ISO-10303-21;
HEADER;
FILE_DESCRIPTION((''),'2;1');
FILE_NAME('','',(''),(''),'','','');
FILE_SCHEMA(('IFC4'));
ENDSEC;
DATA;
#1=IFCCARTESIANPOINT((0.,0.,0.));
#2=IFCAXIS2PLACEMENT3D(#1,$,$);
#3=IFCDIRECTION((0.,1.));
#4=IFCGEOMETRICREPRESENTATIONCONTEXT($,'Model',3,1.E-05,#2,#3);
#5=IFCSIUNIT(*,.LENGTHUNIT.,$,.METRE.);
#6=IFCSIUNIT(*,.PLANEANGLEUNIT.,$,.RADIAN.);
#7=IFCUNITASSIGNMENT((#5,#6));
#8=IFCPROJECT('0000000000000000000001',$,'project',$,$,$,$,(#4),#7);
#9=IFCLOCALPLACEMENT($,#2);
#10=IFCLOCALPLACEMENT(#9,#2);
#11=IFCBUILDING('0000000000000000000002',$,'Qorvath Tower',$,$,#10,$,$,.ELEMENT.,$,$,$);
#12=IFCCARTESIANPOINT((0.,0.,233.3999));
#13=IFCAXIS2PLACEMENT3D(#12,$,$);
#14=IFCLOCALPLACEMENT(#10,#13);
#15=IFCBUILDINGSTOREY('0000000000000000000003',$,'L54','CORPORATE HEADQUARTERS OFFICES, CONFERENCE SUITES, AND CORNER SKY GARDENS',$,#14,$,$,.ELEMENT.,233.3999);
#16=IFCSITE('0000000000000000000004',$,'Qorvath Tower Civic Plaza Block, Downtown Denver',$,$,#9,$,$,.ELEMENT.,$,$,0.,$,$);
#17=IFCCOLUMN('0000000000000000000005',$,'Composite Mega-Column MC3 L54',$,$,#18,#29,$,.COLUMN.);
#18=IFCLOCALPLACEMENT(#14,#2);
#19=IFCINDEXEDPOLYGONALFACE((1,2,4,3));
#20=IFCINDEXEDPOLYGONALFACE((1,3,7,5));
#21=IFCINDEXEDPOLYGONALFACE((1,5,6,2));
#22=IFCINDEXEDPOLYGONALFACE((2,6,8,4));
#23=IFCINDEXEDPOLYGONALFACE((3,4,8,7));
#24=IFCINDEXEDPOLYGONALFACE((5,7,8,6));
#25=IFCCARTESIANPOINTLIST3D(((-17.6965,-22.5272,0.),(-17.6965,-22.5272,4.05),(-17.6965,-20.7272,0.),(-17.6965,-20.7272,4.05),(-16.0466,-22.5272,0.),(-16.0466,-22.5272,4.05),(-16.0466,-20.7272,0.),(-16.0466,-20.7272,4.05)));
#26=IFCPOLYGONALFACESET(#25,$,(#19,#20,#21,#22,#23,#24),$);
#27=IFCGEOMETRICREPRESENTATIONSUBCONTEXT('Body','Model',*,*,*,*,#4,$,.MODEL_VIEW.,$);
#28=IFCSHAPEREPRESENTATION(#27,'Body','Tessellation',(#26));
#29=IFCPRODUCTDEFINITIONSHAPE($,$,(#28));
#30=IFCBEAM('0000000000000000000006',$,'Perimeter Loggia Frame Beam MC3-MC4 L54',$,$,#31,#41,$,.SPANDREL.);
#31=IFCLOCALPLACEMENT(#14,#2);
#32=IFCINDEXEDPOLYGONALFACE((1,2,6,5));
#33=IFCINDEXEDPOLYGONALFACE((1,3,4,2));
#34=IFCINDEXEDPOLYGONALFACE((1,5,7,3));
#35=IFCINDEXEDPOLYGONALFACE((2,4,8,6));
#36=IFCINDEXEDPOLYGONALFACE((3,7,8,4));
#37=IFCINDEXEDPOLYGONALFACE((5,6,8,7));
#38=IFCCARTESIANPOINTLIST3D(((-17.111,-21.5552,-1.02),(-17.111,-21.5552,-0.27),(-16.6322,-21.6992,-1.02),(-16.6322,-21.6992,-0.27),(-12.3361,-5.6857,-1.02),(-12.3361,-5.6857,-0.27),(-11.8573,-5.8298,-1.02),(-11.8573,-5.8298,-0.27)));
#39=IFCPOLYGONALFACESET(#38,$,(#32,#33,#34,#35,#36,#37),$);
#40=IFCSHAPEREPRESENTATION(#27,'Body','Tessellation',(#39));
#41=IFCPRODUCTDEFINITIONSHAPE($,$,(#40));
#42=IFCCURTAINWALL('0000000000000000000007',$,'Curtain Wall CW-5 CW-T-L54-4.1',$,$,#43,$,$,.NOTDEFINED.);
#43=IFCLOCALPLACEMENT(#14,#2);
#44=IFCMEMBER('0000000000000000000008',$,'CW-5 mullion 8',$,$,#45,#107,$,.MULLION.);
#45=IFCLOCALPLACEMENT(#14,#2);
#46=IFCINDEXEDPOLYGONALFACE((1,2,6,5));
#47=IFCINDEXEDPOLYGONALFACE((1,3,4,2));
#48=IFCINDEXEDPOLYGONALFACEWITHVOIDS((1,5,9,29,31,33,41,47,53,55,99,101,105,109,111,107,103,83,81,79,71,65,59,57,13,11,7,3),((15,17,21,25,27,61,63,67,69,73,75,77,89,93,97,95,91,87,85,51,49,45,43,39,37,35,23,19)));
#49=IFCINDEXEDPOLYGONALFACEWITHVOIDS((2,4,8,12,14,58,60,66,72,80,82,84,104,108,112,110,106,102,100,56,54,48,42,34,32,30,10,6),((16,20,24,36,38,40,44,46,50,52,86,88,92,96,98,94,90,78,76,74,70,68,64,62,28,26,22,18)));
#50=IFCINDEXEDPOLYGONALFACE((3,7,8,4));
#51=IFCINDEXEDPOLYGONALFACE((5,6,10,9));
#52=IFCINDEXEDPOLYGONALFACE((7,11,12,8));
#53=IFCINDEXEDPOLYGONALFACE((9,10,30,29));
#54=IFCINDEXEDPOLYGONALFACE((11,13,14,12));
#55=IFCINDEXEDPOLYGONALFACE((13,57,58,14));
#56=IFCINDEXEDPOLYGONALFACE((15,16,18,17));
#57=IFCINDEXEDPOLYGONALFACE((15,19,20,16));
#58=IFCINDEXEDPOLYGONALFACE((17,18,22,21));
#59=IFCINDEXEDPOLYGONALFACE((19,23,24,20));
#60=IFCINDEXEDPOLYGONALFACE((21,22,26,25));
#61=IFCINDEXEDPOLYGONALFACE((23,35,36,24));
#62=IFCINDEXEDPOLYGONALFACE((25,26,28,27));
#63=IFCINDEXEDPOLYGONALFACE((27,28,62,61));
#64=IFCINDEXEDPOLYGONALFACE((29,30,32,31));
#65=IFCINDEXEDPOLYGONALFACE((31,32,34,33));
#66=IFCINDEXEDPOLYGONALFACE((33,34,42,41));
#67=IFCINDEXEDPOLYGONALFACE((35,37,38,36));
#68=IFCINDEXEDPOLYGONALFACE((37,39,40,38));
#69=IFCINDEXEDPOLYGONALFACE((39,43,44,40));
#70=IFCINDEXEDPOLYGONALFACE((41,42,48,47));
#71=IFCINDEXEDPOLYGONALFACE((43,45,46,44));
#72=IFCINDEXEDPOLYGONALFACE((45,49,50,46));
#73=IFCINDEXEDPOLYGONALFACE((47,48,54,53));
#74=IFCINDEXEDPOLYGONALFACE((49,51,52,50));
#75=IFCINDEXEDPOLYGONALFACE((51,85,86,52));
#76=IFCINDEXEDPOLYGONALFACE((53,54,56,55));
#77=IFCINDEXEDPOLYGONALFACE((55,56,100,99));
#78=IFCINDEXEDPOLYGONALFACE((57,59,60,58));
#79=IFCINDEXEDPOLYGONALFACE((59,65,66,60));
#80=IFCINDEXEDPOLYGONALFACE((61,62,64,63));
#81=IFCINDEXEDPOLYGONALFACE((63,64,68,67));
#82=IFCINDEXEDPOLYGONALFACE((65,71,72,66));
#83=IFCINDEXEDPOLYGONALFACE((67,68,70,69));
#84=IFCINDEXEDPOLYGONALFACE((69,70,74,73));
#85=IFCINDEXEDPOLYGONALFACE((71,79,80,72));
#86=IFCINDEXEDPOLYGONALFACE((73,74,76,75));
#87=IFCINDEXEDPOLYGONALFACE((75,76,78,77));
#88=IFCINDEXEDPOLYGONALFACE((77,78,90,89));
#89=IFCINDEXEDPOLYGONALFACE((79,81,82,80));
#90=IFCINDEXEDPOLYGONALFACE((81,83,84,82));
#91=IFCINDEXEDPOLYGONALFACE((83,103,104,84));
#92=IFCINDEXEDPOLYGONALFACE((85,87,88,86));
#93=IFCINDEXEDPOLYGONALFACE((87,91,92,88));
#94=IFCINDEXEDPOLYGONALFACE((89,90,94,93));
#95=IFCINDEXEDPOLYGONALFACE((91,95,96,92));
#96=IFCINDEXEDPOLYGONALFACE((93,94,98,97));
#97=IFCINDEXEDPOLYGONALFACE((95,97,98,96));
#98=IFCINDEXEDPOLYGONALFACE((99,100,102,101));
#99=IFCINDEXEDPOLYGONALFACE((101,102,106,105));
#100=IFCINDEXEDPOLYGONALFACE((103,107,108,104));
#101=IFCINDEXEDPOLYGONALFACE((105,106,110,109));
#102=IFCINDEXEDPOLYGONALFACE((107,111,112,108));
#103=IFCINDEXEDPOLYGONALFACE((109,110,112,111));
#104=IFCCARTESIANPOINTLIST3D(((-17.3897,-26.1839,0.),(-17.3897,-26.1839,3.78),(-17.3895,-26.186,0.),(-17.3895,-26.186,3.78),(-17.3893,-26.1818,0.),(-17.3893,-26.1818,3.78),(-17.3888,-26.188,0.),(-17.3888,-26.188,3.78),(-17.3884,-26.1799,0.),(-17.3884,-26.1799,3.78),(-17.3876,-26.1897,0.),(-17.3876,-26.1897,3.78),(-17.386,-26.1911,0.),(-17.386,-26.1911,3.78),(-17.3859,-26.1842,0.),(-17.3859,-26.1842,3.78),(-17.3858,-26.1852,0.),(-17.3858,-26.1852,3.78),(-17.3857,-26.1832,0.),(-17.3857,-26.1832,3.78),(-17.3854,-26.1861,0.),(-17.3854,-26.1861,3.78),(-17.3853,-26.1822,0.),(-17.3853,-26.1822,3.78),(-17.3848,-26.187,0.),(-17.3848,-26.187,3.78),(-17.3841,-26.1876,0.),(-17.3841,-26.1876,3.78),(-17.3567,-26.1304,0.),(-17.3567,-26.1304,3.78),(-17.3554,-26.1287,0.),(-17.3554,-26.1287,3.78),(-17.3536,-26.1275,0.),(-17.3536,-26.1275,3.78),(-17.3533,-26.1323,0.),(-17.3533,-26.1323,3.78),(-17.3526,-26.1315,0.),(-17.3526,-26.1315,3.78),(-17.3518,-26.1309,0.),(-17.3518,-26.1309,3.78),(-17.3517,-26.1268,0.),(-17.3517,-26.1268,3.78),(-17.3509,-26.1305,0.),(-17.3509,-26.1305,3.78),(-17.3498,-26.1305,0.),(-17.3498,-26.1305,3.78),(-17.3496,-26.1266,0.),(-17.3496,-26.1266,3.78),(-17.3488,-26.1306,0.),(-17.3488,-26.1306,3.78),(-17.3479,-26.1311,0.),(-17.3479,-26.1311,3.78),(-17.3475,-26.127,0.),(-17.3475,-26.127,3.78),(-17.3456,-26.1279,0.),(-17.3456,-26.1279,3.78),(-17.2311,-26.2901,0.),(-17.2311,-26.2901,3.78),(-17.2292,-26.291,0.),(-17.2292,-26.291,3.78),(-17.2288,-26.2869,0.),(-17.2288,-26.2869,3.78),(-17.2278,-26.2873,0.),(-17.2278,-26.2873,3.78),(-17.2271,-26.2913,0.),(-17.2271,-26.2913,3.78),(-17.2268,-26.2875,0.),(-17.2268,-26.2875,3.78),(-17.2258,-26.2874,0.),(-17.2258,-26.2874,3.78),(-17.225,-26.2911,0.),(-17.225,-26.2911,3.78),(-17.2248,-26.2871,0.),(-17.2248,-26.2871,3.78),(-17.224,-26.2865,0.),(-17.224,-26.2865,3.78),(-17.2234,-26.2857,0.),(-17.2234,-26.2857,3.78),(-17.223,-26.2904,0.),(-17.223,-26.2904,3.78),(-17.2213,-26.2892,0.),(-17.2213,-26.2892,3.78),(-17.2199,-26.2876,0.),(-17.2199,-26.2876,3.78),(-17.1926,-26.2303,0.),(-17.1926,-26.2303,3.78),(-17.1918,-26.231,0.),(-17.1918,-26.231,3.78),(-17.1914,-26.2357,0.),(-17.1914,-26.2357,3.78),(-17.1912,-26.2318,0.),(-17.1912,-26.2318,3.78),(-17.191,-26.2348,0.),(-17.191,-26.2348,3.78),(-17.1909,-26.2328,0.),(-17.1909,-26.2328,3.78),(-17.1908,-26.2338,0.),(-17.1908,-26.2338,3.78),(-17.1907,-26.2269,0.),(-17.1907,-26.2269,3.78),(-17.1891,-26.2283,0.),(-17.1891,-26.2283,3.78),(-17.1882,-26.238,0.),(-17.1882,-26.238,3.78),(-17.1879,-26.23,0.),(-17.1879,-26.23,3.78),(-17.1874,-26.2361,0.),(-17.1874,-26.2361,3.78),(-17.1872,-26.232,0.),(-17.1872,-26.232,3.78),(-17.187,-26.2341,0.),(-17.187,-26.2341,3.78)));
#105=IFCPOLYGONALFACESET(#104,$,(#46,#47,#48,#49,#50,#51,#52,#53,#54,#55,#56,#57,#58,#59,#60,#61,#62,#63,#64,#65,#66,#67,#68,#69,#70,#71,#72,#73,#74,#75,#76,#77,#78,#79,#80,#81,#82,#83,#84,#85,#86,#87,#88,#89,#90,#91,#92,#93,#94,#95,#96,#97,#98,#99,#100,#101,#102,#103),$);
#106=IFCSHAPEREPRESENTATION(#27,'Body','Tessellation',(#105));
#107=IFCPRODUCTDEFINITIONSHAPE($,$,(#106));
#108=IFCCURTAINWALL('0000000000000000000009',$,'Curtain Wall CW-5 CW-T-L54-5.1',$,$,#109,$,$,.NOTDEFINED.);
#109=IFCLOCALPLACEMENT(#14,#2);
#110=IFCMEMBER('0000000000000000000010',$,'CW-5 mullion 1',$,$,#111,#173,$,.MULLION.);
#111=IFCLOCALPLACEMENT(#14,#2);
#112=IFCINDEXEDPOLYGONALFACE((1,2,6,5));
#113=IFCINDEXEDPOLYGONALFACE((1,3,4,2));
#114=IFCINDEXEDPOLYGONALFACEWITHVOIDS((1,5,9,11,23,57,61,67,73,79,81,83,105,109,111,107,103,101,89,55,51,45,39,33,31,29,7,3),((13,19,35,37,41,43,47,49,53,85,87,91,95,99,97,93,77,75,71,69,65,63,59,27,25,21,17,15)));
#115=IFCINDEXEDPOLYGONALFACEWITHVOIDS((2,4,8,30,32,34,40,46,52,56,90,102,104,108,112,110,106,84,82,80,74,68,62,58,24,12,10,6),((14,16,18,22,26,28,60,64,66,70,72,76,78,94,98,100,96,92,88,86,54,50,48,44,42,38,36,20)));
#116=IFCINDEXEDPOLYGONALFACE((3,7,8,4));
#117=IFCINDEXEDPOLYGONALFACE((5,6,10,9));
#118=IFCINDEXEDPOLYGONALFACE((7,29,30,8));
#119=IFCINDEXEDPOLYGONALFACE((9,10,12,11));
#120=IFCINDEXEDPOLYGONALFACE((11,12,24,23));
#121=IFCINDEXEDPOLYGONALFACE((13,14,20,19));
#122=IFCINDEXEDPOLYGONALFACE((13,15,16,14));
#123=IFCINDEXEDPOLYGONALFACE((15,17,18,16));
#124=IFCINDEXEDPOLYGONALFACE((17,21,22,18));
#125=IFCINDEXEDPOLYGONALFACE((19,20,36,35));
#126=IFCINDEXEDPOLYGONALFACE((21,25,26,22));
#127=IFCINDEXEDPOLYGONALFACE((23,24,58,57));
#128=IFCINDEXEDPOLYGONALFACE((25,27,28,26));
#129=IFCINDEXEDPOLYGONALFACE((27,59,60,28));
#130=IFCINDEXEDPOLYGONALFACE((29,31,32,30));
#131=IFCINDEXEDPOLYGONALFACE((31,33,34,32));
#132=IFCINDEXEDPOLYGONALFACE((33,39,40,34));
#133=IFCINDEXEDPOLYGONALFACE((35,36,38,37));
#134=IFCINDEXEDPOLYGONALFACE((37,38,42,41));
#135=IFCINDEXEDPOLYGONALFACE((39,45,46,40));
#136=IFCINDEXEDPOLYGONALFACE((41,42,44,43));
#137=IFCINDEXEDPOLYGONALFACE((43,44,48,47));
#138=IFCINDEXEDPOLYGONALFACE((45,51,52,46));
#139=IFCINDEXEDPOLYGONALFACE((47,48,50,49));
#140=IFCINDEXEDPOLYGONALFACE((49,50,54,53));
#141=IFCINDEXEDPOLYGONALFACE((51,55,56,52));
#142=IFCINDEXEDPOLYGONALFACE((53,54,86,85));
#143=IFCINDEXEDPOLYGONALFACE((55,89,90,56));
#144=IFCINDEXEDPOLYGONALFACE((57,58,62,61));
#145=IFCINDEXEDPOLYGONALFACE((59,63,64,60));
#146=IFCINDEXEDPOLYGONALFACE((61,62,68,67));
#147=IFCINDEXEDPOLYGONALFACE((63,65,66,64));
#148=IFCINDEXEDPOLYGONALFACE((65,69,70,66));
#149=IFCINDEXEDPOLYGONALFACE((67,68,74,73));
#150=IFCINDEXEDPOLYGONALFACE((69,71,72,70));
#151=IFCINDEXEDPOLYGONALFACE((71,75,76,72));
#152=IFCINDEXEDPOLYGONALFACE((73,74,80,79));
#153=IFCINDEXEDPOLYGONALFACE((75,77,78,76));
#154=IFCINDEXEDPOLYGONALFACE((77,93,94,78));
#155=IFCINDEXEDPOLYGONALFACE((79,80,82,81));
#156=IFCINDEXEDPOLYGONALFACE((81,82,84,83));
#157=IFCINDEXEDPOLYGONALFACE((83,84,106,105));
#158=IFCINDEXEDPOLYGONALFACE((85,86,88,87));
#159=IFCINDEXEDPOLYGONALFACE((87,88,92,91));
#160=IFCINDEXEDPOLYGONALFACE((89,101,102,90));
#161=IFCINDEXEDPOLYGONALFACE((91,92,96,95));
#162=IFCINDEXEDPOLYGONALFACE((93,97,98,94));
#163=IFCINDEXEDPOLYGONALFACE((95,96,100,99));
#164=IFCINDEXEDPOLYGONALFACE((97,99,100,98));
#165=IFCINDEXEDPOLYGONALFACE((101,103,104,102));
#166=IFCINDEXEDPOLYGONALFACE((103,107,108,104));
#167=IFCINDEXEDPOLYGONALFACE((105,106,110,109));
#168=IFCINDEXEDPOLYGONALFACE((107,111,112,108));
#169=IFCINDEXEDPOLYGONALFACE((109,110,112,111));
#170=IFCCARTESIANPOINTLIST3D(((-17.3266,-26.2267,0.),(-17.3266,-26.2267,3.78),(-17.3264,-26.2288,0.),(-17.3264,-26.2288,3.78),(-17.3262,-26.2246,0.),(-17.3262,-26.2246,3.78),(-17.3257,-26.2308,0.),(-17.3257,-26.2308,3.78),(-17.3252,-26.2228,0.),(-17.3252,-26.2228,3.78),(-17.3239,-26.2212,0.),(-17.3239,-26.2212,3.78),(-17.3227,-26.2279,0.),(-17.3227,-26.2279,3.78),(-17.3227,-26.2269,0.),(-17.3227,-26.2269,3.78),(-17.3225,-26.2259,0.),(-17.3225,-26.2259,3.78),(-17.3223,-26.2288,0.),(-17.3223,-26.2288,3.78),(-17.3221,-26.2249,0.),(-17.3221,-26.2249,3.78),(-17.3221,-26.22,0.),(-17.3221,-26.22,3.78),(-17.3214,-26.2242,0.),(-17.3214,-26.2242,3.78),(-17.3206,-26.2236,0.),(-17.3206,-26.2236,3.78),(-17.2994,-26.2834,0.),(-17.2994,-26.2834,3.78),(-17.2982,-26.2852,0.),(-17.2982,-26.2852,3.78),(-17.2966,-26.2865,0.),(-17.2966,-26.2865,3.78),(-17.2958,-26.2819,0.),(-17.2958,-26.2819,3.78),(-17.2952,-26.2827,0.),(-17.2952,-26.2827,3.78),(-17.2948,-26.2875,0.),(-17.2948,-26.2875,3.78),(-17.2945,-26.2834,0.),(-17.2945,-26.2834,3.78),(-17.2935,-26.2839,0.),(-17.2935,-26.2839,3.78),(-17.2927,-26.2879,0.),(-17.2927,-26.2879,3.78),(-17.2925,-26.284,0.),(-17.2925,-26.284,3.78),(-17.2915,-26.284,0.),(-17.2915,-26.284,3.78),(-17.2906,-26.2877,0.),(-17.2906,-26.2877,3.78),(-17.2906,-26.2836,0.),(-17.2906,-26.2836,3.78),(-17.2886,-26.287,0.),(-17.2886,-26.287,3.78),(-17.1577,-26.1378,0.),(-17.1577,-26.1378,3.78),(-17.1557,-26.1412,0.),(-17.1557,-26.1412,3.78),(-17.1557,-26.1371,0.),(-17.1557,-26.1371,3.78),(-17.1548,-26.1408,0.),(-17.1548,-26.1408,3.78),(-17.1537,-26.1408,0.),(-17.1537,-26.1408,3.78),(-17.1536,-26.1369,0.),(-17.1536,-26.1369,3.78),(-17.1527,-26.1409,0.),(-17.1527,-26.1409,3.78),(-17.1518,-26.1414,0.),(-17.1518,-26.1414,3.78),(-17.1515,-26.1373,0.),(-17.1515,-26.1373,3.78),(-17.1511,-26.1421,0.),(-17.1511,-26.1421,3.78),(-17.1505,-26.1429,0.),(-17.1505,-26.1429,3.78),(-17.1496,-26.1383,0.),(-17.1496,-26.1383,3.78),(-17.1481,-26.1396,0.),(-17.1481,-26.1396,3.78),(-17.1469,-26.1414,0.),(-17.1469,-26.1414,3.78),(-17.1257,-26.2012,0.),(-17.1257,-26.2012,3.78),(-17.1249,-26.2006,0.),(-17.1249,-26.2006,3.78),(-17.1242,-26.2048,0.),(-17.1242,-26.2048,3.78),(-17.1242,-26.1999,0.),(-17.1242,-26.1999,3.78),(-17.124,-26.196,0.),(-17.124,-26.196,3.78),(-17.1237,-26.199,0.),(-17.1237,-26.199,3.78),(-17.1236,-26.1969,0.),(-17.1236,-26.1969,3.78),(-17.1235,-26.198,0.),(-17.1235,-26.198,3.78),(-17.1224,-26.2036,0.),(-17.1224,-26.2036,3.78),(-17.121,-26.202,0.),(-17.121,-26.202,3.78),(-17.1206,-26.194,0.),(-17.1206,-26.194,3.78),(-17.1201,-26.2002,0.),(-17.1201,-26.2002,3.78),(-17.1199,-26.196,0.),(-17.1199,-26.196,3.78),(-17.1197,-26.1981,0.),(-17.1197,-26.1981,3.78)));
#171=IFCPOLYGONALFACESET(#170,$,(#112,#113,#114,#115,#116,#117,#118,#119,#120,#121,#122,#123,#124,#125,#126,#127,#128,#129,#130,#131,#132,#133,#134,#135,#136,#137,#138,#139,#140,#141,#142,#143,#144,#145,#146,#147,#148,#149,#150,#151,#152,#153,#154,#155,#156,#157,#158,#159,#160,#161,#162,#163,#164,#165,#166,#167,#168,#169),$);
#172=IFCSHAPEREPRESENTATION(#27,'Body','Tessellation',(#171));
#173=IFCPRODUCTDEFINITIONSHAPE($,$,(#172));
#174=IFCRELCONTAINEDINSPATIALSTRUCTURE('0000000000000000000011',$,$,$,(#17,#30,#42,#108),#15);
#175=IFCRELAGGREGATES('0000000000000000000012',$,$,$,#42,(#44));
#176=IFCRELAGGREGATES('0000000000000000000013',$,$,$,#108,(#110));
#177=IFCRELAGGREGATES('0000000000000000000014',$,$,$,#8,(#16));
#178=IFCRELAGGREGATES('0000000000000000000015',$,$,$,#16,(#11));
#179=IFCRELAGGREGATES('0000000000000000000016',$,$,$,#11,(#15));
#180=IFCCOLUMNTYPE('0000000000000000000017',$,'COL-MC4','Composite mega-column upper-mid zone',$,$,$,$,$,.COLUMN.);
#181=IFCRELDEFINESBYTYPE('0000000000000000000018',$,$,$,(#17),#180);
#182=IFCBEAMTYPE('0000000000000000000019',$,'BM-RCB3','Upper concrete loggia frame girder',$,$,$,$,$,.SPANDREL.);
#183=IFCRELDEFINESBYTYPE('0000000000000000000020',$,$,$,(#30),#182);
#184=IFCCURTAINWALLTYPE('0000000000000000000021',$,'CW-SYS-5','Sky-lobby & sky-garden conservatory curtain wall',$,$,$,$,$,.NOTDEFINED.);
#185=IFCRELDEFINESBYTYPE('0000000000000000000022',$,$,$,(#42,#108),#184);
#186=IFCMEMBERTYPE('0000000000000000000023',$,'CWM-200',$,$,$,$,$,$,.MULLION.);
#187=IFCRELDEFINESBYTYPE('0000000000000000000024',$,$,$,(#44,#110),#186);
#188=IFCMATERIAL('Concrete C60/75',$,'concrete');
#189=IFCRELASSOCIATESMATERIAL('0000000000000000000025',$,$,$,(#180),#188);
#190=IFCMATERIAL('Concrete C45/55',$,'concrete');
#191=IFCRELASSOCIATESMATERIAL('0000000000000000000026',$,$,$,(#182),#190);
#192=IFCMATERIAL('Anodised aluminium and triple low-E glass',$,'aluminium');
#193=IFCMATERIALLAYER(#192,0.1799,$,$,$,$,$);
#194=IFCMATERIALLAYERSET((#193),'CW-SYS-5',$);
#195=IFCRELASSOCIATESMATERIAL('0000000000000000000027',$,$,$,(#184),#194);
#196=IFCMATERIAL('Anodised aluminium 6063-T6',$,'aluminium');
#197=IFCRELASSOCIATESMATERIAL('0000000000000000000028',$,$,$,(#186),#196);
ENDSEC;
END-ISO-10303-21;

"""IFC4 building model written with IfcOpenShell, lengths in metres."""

from ifc_helpers import new_model, si_unit, direction, frame, origin, origin_2d, place, context, subcontext, project, spatial, rectangle, hollow_rectangle, extrude, material, layer, layer_set, material_profile, profile_set, type_object, element, aggregate, save


model = new_model("IFC4")

# Units and contexts
model_context = context("Model", 3, precision=1e-05, world=origin(), true_north=direction((0.0, 1.0)))
body_context = subcontext(model_context, "Body", "Model", "MODEL_VIEW")
ifc_project = project(units=[si_unit("LENGTHUNIT", "METRE"), si_unit("PLANEANGLEUNIT", "RADIAN")], contexts=[model_context])

# Site, building, storey
site_placement = place(None, origin())
site = spatial("IfcSite", under=ifc_project, at=site_placement, Name="Qorvath Tower Civic Plaza Block, Downtown Denver", CompositionType="ELEMENT", RefElevation=0.0)
building_placement = place(site_placement, origin())
building = spatial("IfcBuilding", under=site, at=building_placement, Name="Qorvath Tower", CompositionType="ELEMENT")
storey_placement = place(building_placement, frame((0.0, 0.0, 233.3999)))
storey = spatial("IfcBuildingStorey", under=building, at=storey_placement, Name="L54", Description="CORPORATE HEADQUARTERS OFFICES, CONFERENCE SUITES, AND CORNER SKY GARDENS", CompositionType="ELEMENT", Elevation=233.3999)

# Column
ifc_material_1 = material(Name="Concrete C60/75", Category="concrete")
ifc_material_profile_1 = material_profile(ifc_material_1, rectangle(XDim=1.6499, YDim=1.8, at=origin_2d()), Name="MC 1800x1650")
ifc_profile_set_1 = profile_set([ifc_material_profile_1], Name="Concrete C60/75")
column_type = type_object("IfcColumnType", Name="COL-MC4", Description="Composite mega-column upper-mid zone", PredefinedType="COLUMN", material=ifc_profile_set_1)
column_placement = place(storey_placement, frame((-16.8716, -21.6272, 0.0), z_axis=(0.0, 0.0, 1.0), x_axis=(1.0, 0.0, 0.0)))
element("IfcColumn", 1, at=column_placement, inside=storey, type_object=column_type, Name="Composite Mega-Column MC3 L54", PredefinedType="COLUMN", context=body_context, shape_type="SweptSolid", body=[
    extrude(rectangle(XDim=1.6499, YDim=1.8, at=origin_2d()), origin(), (0.0, 0.0, 1.0), 4.05),
])

# Beam
ifc_material_2 = material(Name="Concrete C45/55", Category="concrete")
ifc_material_profile_2 = material_profile(ifc_material_2, rectangle(XDim=0.5, YDim=0.75, at=origin_2d()), Name="RCB 750x500")
ifc_profile_set_2 = profile_set([ifc_material_profile_2], Name="Concrete C45/55")
beam_type = type_object("IfcBeamType", Name="BM-RCB3", Description="Upper concrete loggia frame girder", PredefinedType="SPANDREL", material=ifc_profile_set_2)
beam_placement = place(storey_placement, frame((-16.8716, -21.6272, -0.645), z_axis=(0.288128, 0.957592, 0.0), x_axis=(-0.957592, 0.288128, 0.0)))
element("IfcBeam", 2, at=beam_placement, inside=storey, type_object=beam_type, Name="Perimeter Loggia Frame Beam MC3-MC4 L54", PredefinedType="SPANDREL", context=body_context, shape_type="SweptSolid", body=[
    extrude(rectangle(XDim=0.5, YDim=0.75, at=origin_2d()), origin(), (0.0, 0.0, 1.0), 16.5723),
])

# Curtain wall, member
ifc_material_3 = material(Name="Anodised aluminium and triple low-E glass", Category="aluminium")
ifc_layer_1 = layer(ifc_material_3, 0.1799)
ifc_layer_set_1 = layer_set([ifc_layer_1], Name="CW-SYS-5")
curtain_wall_type = type_object("IfcCurtainWallType", Name="CW-SYS-5", Description="Sky-lobby & sky-garden conservatory curtain wall", PredefinedType="NOTDEFINED", material=ifc_layer_set_1)
curtain_wall_1_placement = place(storey_placement, origin())
curtain_wall_1 = element("IfcCurtainWall", 3, at=curtain_wall_1_placement, inside=storey, type_object=curtain_wall_type, Name="Curtain Wall CW-5 CW-T-L54-4.1", PredefinedType="NOTDEFINED")
ifc_material_4 = material(Name="Anodised aluminium 6063-T6", Category="aluminium")
ifc_material_profile_3 = material_profile(ifc_material_4, hollow_rectangle(XDim=0.075, YDim=0.2, WallThickness=0.0039, InnerFilletRadius=0.0039, OuterFilletRadius=0.0081, at=origin_2d()), Name="CWM 200x75")
ifc_profile_set_3 = profile_set([ifc_material_profile_3], Name="Anodised aluminium 6063-T6")
member_type_1 = type_object("IfcMemberType", Name="CWM-200", PredefinedType="MULLION", material=ifc_profile_set_3)
member_1_placement = place(storey_placement, frame((-17.2883, -26.209, 0.0), z_axis=(0.0, 0.0, 1.0), x_axis=(0.538528, 0.842607, 0.0)))
member_1 = element("IfcMember", 4, at=member_1_placement, type_object=member_type_1, Name="CW-5 mullion 8", PredefinedType="MULLION", context=body_context, shape_type="SweptSolid", body=[
    extrude(hollow_rectangle(XDim=0.075, YDim=0.2, WallThickness=0.0039, InnerFilletRadius=0.0039, OuterFilletRadius=0.0081, at=origin_2d()), origin(), (0.0, 0.0, 1.0), 3.78),
])

# Curtain wall, member
curtain_wall_2_placement = place(storey_placement, origin())
curtain_wall_2 = element("IfcCurtainWall", 5, at=curtain_wall_2_placement, inside=storey, type_object=curtain_wall_type, Name="Curtain Wall CW-5 CW-T-L54-5.1", PredefinedType="NOTDEFINED")
member_2_placement = place(storey_placement, frame((-17.2231, -26.2124, 0.0), z_axis=(0.0, 0.0, 1.0), x_axis=(-0.447214, 0.894427, 0.0)))
member_2 = element("IfcMember", 6, at=member_2_placement, type_object=member_type_1, Name="CW-5 mullion 1", PredefinedType="MULLION", context=body_context, shape_type="SweptSolid", body=[
    extrude(hollow_rectangle(XDim=0.075, YDim=0.2, WallThickness=0.0039, InnerFilletRadius=0.0039, OuterFilletRadius=0.0081, at=origin_2d()), origin(), (0.0, 0.0, 1.0), 3.78),
])

aggregate(curtain_wall_1, [member_1])
aggregate(curtain_wall_2, [member_2])

save(model, "model.ifc")
